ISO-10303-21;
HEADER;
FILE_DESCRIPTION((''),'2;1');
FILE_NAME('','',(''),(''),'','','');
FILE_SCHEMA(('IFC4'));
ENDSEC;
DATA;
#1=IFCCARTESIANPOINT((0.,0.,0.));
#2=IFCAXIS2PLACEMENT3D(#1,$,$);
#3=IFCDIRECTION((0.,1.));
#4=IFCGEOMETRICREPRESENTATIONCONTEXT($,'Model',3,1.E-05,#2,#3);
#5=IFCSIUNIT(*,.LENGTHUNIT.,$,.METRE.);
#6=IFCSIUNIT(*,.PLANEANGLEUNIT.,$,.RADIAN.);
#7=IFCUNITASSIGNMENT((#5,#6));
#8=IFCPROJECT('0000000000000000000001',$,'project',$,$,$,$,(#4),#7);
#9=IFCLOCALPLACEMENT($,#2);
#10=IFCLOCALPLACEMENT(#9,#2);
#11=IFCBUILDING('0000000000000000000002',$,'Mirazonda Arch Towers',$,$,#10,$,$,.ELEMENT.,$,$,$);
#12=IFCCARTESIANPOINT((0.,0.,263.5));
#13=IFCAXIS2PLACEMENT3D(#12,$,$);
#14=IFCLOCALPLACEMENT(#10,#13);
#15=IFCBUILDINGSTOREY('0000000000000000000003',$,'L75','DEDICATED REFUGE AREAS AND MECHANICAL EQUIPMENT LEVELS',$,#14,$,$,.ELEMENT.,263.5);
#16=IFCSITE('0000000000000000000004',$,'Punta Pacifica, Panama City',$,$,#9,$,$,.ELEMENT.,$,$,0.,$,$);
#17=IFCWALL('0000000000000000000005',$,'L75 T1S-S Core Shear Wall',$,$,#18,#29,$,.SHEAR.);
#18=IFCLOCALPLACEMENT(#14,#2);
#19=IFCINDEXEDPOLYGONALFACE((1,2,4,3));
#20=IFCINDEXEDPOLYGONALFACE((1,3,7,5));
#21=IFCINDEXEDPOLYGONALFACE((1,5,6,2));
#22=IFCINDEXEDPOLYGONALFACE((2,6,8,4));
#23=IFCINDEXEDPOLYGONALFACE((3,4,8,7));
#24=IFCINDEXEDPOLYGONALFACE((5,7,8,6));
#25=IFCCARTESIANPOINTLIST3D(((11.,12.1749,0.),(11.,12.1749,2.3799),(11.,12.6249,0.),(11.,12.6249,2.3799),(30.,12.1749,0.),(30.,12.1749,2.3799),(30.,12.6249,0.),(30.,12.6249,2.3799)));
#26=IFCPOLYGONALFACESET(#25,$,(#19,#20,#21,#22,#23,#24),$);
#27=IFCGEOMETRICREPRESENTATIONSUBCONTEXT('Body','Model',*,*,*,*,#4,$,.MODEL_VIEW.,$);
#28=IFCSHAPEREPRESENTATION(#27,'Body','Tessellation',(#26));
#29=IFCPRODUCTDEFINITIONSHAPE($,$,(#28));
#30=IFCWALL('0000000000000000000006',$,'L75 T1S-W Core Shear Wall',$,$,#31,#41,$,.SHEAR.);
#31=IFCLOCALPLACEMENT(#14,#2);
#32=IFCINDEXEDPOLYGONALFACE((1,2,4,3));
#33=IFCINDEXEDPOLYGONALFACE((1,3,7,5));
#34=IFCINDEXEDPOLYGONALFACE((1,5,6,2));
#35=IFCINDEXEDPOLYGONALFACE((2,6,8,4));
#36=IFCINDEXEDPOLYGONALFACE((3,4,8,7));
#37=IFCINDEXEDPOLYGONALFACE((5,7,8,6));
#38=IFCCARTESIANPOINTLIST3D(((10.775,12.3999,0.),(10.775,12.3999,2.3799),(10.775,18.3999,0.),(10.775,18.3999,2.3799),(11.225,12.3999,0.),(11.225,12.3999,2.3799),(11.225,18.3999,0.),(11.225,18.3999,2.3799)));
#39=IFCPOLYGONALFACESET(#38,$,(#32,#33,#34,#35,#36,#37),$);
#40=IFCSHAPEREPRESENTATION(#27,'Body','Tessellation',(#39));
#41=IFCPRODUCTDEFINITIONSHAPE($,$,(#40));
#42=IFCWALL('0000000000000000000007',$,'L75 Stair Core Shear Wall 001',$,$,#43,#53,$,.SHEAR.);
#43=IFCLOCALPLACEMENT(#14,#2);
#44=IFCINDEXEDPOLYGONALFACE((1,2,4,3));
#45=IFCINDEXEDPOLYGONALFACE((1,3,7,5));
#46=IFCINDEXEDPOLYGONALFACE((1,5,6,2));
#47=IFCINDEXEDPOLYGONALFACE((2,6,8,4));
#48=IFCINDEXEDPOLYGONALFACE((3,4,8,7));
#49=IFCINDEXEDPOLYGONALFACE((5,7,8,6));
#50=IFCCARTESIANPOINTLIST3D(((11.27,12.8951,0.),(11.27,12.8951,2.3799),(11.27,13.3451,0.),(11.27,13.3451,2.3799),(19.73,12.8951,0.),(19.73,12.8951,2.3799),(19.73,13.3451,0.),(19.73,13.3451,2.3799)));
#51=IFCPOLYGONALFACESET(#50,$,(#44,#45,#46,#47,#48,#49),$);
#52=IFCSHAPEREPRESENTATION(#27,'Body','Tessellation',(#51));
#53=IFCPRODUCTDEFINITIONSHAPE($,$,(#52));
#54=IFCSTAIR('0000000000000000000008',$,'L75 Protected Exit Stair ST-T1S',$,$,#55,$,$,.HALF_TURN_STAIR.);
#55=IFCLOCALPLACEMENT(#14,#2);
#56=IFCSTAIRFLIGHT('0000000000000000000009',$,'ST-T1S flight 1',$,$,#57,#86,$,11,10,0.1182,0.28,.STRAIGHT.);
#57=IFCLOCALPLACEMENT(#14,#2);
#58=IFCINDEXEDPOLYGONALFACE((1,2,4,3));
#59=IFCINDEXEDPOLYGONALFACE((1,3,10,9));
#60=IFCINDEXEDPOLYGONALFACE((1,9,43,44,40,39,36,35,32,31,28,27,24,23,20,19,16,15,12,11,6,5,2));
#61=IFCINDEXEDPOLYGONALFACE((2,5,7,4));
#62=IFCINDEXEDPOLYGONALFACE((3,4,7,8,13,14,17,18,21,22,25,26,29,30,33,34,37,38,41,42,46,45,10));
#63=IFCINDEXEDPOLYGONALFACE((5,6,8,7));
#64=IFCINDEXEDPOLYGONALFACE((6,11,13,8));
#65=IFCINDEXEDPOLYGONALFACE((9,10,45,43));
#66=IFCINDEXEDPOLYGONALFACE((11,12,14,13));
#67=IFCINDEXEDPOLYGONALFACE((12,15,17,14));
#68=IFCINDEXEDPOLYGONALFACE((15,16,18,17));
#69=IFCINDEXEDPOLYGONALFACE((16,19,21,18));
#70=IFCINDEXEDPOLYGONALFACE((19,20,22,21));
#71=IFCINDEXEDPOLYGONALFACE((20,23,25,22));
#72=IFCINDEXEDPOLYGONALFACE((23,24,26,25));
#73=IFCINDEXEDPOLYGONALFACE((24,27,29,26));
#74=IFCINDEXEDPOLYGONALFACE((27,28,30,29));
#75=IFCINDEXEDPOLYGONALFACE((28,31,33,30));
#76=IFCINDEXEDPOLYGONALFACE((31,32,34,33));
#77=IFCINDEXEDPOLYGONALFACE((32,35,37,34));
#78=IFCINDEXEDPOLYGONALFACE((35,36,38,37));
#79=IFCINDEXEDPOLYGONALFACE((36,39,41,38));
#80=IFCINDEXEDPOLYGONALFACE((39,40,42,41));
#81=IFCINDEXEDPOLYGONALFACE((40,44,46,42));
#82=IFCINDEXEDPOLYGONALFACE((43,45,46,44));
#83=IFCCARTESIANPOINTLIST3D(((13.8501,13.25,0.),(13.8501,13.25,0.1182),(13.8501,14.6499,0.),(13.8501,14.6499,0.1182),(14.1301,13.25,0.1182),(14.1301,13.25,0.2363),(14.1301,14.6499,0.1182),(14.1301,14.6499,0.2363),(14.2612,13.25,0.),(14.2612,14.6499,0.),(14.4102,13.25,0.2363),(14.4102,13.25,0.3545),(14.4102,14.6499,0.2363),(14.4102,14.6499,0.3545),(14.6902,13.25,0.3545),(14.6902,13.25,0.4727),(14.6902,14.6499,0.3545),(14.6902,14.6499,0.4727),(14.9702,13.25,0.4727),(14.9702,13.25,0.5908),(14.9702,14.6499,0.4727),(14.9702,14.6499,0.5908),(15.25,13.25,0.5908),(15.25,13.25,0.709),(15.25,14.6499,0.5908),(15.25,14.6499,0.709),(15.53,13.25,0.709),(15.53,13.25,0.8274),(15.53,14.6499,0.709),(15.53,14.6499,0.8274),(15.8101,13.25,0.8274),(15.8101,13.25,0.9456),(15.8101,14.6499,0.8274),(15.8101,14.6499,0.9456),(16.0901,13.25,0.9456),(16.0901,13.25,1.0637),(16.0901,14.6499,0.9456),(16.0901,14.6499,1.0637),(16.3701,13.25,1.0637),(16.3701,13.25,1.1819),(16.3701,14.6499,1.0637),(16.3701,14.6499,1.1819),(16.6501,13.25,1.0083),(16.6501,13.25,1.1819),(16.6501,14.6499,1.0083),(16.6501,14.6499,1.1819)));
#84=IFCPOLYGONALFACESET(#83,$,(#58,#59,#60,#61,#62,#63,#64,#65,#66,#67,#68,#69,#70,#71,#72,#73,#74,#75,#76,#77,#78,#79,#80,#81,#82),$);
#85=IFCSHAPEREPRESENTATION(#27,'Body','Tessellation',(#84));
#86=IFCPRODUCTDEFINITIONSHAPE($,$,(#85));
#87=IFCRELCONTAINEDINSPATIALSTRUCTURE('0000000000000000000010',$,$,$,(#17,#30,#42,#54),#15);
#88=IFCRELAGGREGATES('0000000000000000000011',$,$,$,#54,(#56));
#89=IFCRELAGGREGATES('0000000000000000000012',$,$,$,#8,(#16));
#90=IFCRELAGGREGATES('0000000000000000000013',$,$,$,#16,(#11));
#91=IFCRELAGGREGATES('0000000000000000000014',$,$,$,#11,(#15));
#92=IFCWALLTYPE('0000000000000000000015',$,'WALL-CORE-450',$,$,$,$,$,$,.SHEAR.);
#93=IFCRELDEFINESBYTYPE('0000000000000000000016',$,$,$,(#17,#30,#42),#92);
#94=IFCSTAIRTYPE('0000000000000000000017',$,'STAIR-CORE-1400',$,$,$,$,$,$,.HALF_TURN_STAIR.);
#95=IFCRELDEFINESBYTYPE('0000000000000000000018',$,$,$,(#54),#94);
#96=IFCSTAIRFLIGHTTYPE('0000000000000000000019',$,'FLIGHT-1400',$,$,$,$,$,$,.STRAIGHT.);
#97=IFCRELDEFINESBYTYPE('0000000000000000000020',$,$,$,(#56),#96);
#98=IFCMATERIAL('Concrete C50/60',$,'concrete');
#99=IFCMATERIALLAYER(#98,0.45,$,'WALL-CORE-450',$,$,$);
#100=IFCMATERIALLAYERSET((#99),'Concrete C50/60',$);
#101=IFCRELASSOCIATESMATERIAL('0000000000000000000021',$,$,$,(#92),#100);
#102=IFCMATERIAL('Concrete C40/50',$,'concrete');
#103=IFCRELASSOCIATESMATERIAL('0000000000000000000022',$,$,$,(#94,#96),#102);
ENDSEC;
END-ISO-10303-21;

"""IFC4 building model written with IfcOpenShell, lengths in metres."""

from ifc_helpers import new_model, si_unit, direction, frame, frame_2d, origin, place, context, subcontext, project, spatial, polyline, rectangle, outline, extrude, material, layer, layer_set, type_object, element, aggregate, save


model = new_model("IFC4")

# Units and contexts
model_context = context("Model", 3, precision=1e-05, world=origin(), true_north=direction((0.0, 1.0)))
body_context = subcontext(model_context, "Body", "Model", "MODEL_VIEW")
ifc_project = project(units=[si_unit("LENGTHUNIT", "METRE"), si_unit("PLANEANGLEUNIT", "RADIAN")], contexts=[model_context])

# Site, building, storey
site_placement = place(None, origin())
site = spatial("IfcSite", under=ifc_project, at=site_placement, Name="Punta Pacifica, Panama City", CompositionType="ELEMENT", RefElevation=0.0)
building_placement = place(site_placement, origin())
building = spatial("IfcBuilding", under=site, at=building_placement, Name="Mirazonda Arch Towers", CompositionType="ELEMENT")
storey_placement = place(building_placement, frame((0.0, 0.0, 263.5)))
storey = spatial("IfcBuildingStorey", under=building, at=storey_placement, Name="L75", Description="DEDICATED REFUGE AREAS AND MECHANICAL EQUIPMENT LEVELS", CompositionType="ELEMENT", Elevation=263.5)

# Shared definitions
ifc_material_1 = material(Name="Concrete C50/60", Category="concrete")

# Walls
ifc_layer_1 = layer(ifc_material_1, 0.45, Name="WALL-CORE-450")
ifc_layer_set_1 = layer_set([ifc_layer_1], Name="Concrete C50/60")
wall_type = type_object("IfcWallType", Name="WALL-CORE-450", PredefinedType="SHEAR", material=ifc_layer_set_1)
wall_1_placement = place(storey_placement, frame((11.0, 12.3999, 0.0), z_axis=(0.0, 0.0, 1.0), x_axis=(1.0, 0.0, 0.0)))
element("IfcWall", 1, at=wall_1_placement, inside=storey, type_object=wall_type, Name="L75 T1S-S Core Shear Wall", PredefinedType="SHEAR", context=body_context, shape_type="SweptSolid", body=[
    extrude(rectangle(XDim=19.0, YDim=0.45, at=frame_2d((9.5, 0.0))), origin(), (0.0, 0.0, 1.0), 2.3799),
])
wall_2_placement = place(storey_placement, frame((11.0, 12.3999, 0.0), z_axis=(0.0, 0.0, 1.0), x_axis=(0.0, 1.0, 0.0)))
element("IfcWall", 2, at=wall_2_placement, inside=storey, type_object=wall_type, Name="L75 T1S-W Core Shear Wall", PredefinedType="SHEAR", context=body_context, shape_type="SweptSolid", body=[
    extrude(rectangle(XDim=6.0, YDim=0.45, at=frame_2d((3.0, 0.0))), origin(), (0.0, 0.0, 1.0), 2.3799),
])
wall_3_placement = place(storey_placement, frame((11.27, 13.1201, 0.0), z_axis=(0.0, 0.0, 1.0), x_axis=(1.0, 0.0, 0.0)))
element("IfcWall", 3, at=wall_3_placement, inside=storey, type_object=wall_type, Name="L75 Stair Core Shear Wall 001", PredefinedType="SHEAR", context=body_context, shape_type="SweptSolid", body=[
    extrude(rectangle(XDim=8.46, YDim=0.45, at=frame_2d((4.23, 0.0))), origin(), (0.0, 0.0, 1.0), 2.3799),
])

# Stair, stair flight
ifc_material_2 = material(Name="Concrete C40/50", Category="concrete")
stair_type = type_object("IfcStairType", Name="STAIR-CORE-1400", PredefinedType="HALF_TURN_STAIR", material=ifc_material_2)
stair_placement = place(storey_placement, origin())
stair = element("IfcStair", 4, at=stair_placement, inside=storey, type_object=stair_type, Name="L75 Protected Exit Stair ST-T1S", PredefinedType="HALF_TURN_STAIR")
stair_flight_type = type_object("IfcStairFlightType", Name="FLIGHT-1400", PredefinedType="STRAIGHT", material=ifc_material_2)
stair_flight_placement = place(storey_placement, frame((13.8501, 13.95, 0.0), z_axis=(0.0, 0.0, 1.0), x_axis=(1.0, 0.0, 0.0)))
stair_flight = element("IfcStairFlight", 5, at=stair_flight_placement, type_object=stair_flight_type, Name="ST-T1S flight 1", NumberOfRisers=11, NumberOfTreads=10, PredefinedType="STRAIGHT", RiserHeight=0.1182, TreadLength=0.28, context=body_context, shape_type="SweptSolid", body=[
    extrude(outline(polyline([(0.0, 0.0), (0.0, 0.1182), (0.28, 0.1182), (0.28, 0.2363), (0.5601, 0.2363), (0.5601, 0.3545), (0.8401, 0.3545), (0.8401, 0.4727), (1.1201, 0.4727), (1.1201, 0.5908), (1.3999, 0.5908), (1.3999, 0.709), (1.6799, 0.709), (1.6799, 0.8274), (1.96, 0.8274), (1.96, 0.9456), (2.24, 0.9456), (2.24, 1.0637), (2.52, 1.0637), (2.52, 1.1819), (2.8, 1.1819), (2.8, 1.3), (2.8, 1.0083), (0.4111, 0.0), (0.0, 0.0)])), frame((0.0, 0.7, 0.0), z_axis=(0.0, -1.0, 0.0), x_axis=(1.0, 0.0, 0.0)), (0.0, 0.0, 1.0), 1.3999),
])
aggregate(stair, [stair_flight])

save(model, "model.ifc")
